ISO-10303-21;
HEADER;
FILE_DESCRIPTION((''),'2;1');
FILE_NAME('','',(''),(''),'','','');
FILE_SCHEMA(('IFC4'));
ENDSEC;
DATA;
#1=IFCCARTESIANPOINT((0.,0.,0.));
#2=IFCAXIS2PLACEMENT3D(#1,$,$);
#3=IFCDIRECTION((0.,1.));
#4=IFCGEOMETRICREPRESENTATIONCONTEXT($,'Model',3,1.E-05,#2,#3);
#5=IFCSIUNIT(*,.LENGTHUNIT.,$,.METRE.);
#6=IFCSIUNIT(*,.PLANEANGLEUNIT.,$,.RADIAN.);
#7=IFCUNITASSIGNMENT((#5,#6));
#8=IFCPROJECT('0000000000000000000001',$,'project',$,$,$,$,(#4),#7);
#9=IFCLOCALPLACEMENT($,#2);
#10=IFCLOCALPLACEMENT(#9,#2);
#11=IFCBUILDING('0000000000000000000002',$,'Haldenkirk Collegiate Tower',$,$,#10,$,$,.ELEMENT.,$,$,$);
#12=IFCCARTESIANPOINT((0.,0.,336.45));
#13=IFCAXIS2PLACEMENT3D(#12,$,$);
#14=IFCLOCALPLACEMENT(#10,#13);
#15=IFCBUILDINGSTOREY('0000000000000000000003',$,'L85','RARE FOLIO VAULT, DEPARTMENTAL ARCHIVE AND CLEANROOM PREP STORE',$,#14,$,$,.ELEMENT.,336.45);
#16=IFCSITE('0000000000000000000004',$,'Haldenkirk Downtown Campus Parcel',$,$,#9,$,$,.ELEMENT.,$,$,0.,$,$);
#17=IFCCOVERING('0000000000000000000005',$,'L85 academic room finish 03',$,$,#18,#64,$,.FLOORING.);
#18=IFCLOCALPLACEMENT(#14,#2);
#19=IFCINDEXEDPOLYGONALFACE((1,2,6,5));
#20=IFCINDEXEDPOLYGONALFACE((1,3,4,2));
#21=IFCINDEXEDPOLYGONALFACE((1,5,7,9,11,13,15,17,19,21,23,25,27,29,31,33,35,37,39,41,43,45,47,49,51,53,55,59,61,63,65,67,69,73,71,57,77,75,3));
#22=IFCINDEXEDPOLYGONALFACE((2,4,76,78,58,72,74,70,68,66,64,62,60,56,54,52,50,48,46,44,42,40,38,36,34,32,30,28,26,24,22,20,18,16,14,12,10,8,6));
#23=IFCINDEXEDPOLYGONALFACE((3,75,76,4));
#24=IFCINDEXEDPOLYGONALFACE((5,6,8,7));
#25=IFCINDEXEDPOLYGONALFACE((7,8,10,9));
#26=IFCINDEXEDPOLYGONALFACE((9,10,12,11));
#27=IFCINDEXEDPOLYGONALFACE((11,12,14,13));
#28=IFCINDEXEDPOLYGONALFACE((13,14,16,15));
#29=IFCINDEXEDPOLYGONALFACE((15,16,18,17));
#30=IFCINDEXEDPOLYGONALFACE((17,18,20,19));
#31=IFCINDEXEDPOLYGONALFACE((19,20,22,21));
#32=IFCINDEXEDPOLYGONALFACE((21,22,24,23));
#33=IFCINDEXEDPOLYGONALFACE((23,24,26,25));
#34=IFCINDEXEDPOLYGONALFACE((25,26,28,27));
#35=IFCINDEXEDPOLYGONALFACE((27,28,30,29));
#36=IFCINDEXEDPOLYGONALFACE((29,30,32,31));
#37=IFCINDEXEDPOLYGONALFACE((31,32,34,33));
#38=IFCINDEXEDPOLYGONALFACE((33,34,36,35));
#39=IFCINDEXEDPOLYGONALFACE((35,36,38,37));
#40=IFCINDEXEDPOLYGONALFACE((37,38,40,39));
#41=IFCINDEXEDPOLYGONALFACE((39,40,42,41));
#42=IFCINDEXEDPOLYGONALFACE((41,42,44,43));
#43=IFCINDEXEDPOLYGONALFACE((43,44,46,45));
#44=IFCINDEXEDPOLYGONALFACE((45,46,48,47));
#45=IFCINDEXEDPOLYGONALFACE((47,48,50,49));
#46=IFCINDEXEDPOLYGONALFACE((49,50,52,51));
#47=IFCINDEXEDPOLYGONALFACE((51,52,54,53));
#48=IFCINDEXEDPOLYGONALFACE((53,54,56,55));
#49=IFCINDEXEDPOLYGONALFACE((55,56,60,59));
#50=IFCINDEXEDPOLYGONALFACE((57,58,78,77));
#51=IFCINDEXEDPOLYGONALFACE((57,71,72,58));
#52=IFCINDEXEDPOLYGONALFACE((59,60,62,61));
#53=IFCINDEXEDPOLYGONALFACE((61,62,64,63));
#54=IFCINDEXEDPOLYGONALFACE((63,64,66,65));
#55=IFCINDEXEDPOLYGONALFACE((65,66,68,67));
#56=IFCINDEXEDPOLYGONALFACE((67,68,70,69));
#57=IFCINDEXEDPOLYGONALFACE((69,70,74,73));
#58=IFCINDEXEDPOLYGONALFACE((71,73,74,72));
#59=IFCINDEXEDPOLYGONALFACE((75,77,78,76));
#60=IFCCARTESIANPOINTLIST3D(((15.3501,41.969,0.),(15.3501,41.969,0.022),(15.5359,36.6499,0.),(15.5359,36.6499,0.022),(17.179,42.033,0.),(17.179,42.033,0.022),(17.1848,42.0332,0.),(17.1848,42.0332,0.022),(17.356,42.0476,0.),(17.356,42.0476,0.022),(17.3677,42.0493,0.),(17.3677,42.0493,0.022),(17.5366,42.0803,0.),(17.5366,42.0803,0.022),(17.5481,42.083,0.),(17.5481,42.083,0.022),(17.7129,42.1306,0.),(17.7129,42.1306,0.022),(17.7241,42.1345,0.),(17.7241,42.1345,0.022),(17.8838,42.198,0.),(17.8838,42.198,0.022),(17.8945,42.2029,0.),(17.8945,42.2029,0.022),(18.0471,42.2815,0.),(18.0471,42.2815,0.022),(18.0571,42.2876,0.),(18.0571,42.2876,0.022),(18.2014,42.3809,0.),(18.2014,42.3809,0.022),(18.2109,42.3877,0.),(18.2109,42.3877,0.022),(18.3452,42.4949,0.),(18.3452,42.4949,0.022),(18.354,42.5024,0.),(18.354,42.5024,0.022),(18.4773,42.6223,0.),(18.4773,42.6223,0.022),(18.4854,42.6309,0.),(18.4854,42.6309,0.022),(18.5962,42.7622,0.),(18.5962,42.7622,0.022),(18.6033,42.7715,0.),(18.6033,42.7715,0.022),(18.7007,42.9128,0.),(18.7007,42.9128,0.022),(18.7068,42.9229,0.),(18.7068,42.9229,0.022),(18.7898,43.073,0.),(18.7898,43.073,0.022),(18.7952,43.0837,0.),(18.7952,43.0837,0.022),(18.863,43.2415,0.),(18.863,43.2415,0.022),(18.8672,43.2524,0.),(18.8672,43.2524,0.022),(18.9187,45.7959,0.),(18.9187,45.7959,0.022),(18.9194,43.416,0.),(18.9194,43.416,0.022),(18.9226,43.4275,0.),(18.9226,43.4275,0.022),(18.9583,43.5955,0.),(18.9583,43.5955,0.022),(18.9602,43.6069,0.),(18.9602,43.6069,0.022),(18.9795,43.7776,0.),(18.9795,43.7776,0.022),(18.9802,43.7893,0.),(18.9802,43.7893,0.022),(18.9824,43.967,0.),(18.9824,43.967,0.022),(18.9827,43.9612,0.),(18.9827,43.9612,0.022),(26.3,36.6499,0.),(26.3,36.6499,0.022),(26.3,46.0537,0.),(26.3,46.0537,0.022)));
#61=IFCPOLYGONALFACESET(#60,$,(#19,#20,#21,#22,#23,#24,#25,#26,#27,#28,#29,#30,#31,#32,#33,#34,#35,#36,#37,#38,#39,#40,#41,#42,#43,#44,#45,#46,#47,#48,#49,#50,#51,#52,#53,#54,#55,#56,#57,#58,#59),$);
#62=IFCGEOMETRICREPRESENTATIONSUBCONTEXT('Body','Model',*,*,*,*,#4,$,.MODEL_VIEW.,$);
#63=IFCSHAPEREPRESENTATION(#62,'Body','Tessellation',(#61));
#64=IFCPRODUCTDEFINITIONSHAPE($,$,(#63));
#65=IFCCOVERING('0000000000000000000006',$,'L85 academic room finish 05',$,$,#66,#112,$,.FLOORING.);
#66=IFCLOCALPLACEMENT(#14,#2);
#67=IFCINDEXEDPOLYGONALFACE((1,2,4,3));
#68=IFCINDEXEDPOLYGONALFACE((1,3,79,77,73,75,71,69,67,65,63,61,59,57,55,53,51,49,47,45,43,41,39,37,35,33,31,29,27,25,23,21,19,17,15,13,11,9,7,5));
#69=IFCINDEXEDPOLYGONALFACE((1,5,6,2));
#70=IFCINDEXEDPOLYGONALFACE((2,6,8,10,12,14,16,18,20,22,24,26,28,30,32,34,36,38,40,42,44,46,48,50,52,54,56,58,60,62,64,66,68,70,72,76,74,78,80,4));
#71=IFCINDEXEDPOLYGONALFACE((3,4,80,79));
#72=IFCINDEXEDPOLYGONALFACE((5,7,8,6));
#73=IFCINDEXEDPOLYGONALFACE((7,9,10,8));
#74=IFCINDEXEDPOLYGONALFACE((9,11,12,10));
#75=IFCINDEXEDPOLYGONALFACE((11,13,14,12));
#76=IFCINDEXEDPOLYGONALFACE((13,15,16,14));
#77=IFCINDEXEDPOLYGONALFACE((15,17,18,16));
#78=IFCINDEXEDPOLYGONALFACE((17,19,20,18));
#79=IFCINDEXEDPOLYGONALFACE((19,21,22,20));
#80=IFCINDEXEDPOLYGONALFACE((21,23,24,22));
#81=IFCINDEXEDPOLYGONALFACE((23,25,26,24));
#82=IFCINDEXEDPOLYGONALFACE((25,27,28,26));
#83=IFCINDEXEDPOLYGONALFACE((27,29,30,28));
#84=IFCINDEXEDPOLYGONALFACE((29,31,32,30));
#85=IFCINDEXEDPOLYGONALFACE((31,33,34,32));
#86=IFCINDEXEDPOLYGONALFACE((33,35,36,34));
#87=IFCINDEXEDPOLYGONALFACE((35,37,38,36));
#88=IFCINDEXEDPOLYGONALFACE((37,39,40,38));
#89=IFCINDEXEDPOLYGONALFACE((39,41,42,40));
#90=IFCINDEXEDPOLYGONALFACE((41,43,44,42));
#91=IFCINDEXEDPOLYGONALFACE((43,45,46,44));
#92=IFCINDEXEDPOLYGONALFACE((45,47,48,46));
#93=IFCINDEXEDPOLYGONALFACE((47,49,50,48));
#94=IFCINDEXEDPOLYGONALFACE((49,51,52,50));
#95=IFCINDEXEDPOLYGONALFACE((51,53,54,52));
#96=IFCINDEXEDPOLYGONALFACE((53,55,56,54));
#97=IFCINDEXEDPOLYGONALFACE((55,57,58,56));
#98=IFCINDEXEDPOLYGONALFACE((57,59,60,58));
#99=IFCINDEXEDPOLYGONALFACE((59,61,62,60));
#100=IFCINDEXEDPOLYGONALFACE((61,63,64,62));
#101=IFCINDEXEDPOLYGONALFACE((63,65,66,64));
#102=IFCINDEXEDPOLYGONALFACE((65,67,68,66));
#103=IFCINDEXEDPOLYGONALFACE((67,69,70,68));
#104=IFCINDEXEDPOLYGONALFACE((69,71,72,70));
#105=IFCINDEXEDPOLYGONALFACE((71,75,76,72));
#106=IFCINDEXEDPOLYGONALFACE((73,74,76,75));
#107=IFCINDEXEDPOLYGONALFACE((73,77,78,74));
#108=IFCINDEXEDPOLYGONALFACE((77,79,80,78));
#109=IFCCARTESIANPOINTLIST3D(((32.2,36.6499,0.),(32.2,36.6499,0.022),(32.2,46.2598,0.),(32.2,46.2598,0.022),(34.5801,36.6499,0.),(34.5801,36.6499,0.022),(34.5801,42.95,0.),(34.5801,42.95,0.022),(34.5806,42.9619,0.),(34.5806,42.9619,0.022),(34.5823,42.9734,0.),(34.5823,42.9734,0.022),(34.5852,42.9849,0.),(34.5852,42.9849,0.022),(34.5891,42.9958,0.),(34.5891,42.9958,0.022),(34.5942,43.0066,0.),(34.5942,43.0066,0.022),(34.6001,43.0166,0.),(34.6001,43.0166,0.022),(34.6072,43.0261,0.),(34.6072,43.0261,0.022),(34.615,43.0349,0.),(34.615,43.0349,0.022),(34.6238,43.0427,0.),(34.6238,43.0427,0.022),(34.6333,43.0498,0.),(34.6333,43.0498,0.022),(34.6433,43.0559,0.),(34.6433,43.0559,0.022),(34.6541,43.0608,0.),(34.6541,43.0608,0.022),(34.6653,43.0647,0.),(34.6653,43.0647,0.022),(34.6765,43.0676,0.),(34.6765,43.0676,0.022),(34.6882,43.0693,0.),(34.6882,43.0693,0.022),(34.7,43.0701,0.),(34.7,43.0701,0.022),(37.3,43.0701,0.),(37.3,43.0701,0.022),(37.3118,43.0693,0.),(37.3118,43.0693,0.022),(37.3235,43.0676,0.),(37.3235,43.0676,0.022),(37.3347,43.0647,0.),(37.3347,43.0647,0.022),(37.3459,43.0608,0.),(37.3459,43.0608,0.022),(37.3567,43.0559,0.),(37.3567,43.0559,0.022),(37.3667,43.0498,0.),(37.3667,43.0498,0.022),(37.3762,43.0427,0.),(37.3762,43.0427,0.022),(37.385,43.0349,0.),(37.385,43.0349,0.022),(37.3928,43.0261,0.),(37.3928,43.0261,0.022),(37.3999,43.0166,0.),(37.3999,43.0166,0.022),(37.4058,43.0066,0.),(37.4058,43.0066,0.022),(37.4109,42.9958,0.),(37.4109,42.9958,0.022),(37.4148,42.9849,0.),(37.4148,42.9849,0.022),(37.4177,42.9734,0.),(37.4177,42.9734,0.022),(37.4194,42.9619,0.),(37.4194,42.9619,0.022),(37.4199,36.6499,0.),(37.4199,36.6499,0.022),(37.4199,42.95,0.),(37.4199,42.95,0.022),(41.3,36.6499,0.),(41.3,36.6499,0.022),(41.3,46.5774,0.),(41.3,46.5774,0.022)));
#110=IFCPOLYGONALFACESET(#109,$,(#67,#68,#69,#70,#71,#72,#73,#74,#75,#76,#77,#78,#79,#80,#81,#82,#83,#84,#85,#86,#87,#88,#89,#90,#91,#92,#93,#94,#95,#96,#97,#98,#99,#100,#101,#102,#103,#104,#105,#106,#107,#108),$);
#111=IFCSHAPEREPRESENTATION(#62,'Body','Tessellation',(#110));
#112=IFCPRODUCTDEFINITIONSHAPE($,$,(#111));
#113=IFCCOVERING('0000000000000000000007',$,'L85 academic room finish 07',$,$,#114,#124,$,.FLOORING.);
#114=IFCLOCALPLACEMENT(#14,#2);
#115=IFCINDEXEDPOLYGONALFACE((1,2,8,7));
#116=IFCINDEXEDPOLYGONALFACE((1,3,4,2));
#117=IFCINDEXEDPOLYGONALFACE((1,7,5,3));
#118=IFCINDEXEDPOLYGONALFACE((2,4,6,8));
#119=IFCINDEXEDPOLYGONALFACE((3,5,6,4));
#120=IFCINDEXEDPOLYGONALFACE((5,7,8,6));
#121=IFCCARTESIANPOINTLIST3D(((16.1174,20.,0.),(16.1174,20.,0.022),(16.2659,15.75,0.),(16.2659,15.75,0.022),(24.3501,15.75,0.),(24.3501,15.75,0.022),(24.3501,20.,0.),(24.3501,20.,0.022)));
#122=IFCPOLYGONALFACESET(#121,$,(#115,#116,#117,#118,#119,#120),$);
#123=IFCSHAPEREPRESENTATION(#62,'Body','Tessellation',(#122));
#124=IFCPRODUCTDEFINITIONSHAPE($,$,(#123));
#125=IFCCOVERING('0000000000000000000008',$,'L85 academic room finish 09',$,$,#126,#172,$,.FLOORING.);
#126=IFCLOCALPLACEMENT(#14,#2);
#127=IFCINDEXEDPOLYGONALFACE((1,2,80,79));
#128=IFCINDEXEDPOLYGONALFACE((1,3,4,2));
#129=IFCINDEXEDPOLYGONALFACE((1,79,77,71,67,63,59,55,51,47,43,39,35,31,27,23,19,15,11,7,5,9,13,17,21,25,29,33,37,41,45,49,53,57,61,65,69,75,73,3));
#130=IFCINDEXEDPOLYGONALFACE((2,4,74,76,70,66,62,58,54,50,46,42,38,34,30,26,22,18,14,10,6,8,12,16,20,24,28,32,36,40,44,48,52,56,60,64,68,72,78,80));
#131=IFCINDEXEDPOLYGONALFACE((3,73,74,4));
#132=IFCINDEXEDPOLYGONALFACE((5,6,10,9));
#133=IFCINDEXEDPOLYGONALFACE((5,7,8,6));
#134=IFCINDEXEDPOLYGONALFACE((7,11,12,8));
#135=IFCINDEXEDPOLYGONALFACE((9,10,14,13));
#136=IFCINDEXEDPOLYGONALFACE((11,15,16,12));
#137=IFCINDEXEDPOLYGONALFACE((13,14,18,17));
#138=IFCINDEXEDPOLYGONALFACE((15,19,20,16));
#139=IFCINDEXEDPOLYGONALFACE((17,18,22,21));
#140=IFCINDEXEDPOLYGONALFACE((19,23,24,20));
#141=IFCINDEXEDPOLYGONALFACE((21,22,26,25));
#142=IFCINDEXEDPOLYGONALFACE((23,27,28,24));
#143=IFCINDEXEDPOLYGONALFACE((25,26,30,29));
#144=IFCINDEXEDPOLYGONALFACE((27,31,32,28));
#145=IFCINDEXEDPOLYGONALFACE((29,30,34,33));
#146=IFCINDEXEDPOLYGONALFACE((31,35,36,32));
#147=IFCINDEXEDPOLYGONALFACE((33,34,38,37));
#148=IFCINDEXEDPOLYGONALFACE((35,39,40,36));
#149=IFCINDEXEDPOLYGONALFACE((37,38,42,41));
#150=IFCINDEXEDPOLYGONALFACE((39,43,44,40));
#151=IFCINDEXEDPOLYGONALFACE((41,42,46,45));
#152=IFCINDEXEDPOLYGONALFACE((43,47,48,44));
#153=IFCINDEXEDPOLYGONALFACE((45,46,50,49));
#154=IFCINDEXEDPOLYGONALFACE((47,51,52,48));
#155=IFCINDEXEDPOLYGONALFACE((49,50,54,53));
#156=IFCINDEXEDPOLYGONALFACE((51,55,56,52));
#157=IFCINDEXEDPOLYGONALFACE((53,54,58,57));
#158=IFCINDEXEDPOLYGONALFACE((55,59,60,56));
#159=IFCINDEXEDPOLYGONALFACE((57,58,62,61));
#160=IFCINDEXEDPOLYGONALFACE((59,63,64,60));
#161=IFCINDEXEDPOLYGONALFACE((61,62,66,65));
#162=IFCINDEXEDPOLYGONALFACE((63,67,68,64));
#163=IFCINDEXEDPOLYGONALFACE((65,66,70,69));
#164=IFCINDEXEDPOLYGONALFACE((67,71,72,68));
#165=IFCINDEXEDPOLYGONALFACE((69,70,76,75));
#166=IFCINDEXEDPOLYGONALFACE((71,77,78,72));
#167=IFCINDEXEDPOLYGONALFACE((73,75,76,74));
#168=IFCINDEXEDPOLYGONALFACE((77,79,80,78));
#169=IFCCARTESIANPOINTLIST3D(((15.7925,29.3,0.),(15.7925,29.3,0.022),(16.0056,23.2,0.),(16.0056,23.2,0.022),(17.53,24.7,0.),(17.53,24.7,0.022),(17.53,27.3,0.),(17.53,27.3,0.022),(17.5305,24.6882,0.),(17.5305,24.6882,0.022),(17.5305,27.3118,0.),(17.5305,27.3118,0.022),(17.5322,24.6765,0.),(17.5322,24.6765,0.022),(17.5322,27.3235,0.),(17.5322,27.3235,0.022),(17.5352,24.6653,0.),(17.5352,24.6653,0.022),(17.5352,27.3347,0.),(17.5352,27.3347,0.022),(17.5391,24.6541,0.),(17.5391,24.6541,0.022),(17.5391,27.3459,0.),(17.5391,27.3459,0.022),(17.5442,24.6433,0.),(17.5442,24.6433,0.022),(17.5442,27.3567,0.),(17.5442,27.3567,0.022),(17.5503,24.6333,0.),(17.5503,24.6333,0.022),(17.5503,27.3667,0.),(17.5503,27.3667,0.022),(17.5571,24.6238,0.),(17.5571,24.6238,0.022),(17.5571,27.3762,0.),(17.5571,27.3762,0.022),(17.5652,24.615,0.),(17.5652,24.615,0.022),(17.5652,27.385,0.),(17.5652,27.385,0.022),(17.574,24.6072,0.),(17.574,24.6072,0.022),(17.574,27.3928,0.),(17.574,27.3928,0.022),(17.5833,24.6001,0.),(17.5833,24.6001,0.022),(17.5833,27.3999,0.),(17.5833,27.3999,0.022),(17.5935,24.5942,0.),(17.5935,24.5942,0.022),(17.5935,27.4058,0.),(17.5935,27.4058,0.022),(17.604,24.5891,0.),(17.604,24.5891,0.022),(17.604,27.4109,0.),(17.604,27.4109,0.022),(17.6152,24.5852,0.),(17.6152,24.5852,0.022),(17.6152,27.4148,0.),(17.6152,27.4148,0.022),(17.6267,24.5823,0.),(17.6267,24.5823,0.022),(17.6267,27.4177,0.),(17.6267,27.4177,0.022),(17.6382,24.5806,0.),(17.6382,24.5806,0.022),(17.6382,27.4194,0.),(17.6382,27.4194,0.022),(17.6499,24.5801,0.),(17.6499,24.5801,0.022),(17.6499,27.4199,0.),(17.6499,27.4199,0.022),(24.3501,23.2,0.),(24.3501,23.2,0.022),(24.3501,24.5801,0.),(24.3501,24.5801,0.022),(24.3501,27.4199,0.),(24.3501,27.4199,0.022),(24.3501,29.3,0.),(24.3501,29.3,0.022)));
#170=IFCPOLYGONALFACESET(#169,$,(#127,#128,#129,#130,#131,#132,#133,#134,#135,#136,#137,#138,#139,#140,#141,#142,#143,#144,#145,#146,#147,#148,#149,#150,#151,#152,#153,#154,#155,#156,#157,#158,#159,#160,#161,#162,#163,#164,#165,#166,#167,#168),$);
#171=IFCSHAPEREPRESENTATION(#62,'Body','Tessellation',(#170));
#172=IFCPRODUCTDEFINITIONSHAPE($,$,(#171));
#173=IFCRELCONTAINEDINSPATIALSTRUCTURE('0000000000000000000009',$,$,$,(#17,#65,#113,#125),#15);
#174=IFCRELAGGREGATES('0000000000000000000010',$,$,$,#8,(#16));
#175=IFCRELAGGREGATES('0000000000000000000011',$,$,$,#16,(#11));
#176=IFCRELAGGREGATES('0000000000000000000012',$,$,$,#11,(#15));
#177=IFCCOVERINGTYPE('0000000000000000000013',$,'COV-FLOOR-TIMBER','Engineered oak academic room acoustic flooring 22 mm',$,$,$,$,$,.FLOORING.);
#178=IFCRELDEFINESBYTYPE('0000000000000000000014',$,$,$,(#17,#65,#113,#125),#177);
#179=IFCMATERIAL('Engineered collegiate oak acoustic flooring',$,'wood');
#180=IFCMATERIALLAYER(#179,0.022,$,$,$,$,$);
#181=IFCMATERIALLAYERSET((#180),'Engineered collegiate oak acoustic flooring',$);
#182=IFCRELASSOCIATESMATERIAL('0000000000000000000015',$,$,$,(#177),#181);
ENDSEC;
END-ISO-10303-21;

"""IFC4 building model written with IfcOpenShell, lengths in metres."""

from ifc_helpers import new_model, si_unit, direction, frame, origin, place, context, subcontext, project, spatial, polyline, outline, extrude, material, layer, layer_set, type_object, element, save


model = new_model("IFC4")

# Units and contexts
model_context = context("Model", 3, precision=1e-05, world=origin(), true_north=direction((0.0, 1.0)))
body_context = subcontext(model_context, "Body", "Model", "MODEL_VIEW")
ifc_project = project(units=[si_unit("LENGTHUNIT", "METRE"), si_unit("PLANEANGLEUNIT", "RADIAN")], contexts=[model_context])

# Site, building, storey
site_placement = place(None, origin())
site = spatial("IfcSite", under=ifc_project, at=site_placement, Name="Haldenkirk Downtown Campus Parcel", CompositionType="ELEMENT", RefElevation=0.0)
building_placement = place(site_placement, origin())
building = spatial("IfcBuilding", under=site, at=building_placement, Name="Haldenkirk Collegiate Tower", CompositionType="ELEMENT")
storey_placement = place(building_placement, frame((0.0, 0.0, 336.45)))
storey = spatial("IfcBuildingStorey", under=building, at=storey_placement, Name="L85", Description="RARE FOLIO VAULT, DEPARTMENTAL ARCHIVE AND CLEANROOM PREP STORE", CompositionType="ELEMENT", Elevation=336.45)

# Coverings
ifc_material_1 = material(Name="Engineered collegiate oak acoustic flooring", Category="wood")
ifc_layer_1 = layer(ifc_material_1, 0.022)
ifc_layer_set_1 = layer_set([ifc_layer_1], Name="Engineered collegiate oak acoustic flooring")
covering_type_1 = type_object("IfcCoveringType", Name="COV-FLOOR-TIMBER", Description="Engineered oak academic room acoustic flooring 22 mm", PredefinedType="FLOORING", material=ifc_layer_set_1)
covering_1_placement = place(storey_placement, origin())
element("IfcCovering", 1, at=covering_1_placement, inside=storey, type_object=covering_type_1, Name="L85 academic room finish 03", PredefinedType="FLOORING", context=body_context, shape_type="SweptSolid", body=[
    extrude(outline(polyline([(17.179, 42.033), (17.1848, 42.0332), (17.356, 42.0476), (17.3677, 42.0493), (17.5366, 42.0803), (17.5481, 42.083), (17.7129, 42.1306), (17.7241, 42.1345), (17.8838, 42.198), (17.8945, 42.2029), (18.0471, 42.2815), (18.0571, 42.2876), (18.2014, 42.3809), (18.2109, 42.3877), (18.3452, 42.4949), (18.354, 42.5024), (18.4773, 42.6223), (18.4854, 42.6309), (18.5962, 42.7622), (18.6033, 42.7715), (18.7007, 42.9128), (18.7068, 42.9229), (18.7898, 43.073), (18.7952, 43.0837), (18.863, 43.2415), (18.8672, 43.2524), (18.9194, 43.416), (18.9226, 43.4275), (18.9583, 43.5955), (18.9602, 43.6069), (18.9795, 43.7776), (18.9802, 43.7893), (18.9827, 43.9612), (18.9824, 43.967), (18.9187, 45.7959), (26.3, 46.0537), (26.3, 36.6499), (15.5359, 36.6499), (15.3501, 41.969), (17.179, 42.033)])), origin(), (0.0, 0.0, 1.0), 0.022),
])
covering_2_placement = place(storey_placement, origin())
element("IfcCovering", 2, at=covering_2_placement, inside=storey, type_object=covering_type_1, Name="L85 academic room finish 05", PredefinedType="FLOORING", context=body_context, shape_type="SweptSolid", body=[
    extrude(outline(polyline([(41.3, 46.5774), (41.3, 36.6499), (37.4199, 36.6499), (37.4199, 42.95), (37.4194, 42.9619), (37.4177, 42.9734), (37.4148, 42.9849), (37.4109, 42.9958), (37.4058, 43.0066), (37.3999, 43.0166), (37.3928, 43.0261), (37.385, 43.0349), (37.3762, 43.0427), (37.3667, 43.0498), (37.3567, 43.0559), (37.3459, 43.0608), (37.3347, 43.0647), (37.3235, 43.0676), (37.3118, 43.0693), (37.3, 43.0701), (34.7, 43.0701), (34.6882, 43.0693), (34.6765, 43.0676), (34.6653, 43.0647), (34.6541, 43.0608), (34.6433, 43.0559), (34.6333, 43.0498), (34.6238, 43.0427), (34.615, 43.0349), (34.6072, 43.0261), (34.6001, 43.0166), (34.5942, 43.0066), (34.5891, 42.9958), (34.5852, 42.9849), (34.5823, 42.9734), (34.5806, 42.9619), (34.5801, 42.95), (34.5801, 36.6499), (32.2, 36.6499), (32.2, 46.2598), (41.3, 46.5774)])), origin(), (0.0, 0.0, 1.0), 0.022),
])
covering_3_placement = place(storey_placement, origin())
element("IfcCovering", 3, at=covering_3_placement, inside=storey, type_object=covering_type_1, Name="L85 academic room finish 07", PredefinedType="FLOORING", context=body_context, shape_type="SweptSolid", body=[
    extrude(outline(polyline([(16.1174, 20.0), (24.3501, 20.0), (24.3501, 15.75), (16.2659, 15.75), (16.1174, 20.0)])), origin(), (0.0, 0.0, 1.0), 0.022),
])
covering_4_placement = place(storey_placement, origin())
element("IfcCovering", 4, at=covering_4_placement, inside=storey, type_object=covering_type_1, Name="L85 academic room finish 09", PredefinedType="FLOORING", context=body_context, shape_type="SweptSolid", body=[
    extrude(outline(polyline([(17.6499, 27.4199), (17.6382, 27.4194), (17.6267, 27.4177), (17.6152, 27.4148), (17.604, 27.4109), (17.5935, 27.4058), (17.5833, 27.3999), (17.574, 27.3928), (17.5652, 27.385), (17.5571, 27.3762), (17.5503, 27.3667), (17.5442, 27.3567), (17.5391, 27.3459), (17.5352, 27.3347), (17.5322, 27.3235), (17.5305, 27.3118), (17.53, 27.3), (17.53, 24.7), (17.5305, 24.6882), (17.5322, 24.6765), (17.5352, 24.6653), (17.5391, 24.6541), (17.5442, 24.6433), (17.5503, 24.6333), (17.5571, 24.6238), (17.5652, 24.615), (17.574, 24.6072), (17.5833, 24.6001), (17.5935, 24.5942), (17.604, 24.5891), (17.6152, 24.5852), (17.6267, 24.5823), (17.6382, 24.5806), (17.6499, 24.5801), (24.3501, 24.5801), (24.3501, 23.2), (16.0056, 23.2), (15.7925, 29.3), (24.3501, 29.3), (24.3501, 27.4199), (17.6499, 27.4199)])), origin(), (0.0, 0.0, 1.0), 0.022),
])

save(model, "model.ifc")
